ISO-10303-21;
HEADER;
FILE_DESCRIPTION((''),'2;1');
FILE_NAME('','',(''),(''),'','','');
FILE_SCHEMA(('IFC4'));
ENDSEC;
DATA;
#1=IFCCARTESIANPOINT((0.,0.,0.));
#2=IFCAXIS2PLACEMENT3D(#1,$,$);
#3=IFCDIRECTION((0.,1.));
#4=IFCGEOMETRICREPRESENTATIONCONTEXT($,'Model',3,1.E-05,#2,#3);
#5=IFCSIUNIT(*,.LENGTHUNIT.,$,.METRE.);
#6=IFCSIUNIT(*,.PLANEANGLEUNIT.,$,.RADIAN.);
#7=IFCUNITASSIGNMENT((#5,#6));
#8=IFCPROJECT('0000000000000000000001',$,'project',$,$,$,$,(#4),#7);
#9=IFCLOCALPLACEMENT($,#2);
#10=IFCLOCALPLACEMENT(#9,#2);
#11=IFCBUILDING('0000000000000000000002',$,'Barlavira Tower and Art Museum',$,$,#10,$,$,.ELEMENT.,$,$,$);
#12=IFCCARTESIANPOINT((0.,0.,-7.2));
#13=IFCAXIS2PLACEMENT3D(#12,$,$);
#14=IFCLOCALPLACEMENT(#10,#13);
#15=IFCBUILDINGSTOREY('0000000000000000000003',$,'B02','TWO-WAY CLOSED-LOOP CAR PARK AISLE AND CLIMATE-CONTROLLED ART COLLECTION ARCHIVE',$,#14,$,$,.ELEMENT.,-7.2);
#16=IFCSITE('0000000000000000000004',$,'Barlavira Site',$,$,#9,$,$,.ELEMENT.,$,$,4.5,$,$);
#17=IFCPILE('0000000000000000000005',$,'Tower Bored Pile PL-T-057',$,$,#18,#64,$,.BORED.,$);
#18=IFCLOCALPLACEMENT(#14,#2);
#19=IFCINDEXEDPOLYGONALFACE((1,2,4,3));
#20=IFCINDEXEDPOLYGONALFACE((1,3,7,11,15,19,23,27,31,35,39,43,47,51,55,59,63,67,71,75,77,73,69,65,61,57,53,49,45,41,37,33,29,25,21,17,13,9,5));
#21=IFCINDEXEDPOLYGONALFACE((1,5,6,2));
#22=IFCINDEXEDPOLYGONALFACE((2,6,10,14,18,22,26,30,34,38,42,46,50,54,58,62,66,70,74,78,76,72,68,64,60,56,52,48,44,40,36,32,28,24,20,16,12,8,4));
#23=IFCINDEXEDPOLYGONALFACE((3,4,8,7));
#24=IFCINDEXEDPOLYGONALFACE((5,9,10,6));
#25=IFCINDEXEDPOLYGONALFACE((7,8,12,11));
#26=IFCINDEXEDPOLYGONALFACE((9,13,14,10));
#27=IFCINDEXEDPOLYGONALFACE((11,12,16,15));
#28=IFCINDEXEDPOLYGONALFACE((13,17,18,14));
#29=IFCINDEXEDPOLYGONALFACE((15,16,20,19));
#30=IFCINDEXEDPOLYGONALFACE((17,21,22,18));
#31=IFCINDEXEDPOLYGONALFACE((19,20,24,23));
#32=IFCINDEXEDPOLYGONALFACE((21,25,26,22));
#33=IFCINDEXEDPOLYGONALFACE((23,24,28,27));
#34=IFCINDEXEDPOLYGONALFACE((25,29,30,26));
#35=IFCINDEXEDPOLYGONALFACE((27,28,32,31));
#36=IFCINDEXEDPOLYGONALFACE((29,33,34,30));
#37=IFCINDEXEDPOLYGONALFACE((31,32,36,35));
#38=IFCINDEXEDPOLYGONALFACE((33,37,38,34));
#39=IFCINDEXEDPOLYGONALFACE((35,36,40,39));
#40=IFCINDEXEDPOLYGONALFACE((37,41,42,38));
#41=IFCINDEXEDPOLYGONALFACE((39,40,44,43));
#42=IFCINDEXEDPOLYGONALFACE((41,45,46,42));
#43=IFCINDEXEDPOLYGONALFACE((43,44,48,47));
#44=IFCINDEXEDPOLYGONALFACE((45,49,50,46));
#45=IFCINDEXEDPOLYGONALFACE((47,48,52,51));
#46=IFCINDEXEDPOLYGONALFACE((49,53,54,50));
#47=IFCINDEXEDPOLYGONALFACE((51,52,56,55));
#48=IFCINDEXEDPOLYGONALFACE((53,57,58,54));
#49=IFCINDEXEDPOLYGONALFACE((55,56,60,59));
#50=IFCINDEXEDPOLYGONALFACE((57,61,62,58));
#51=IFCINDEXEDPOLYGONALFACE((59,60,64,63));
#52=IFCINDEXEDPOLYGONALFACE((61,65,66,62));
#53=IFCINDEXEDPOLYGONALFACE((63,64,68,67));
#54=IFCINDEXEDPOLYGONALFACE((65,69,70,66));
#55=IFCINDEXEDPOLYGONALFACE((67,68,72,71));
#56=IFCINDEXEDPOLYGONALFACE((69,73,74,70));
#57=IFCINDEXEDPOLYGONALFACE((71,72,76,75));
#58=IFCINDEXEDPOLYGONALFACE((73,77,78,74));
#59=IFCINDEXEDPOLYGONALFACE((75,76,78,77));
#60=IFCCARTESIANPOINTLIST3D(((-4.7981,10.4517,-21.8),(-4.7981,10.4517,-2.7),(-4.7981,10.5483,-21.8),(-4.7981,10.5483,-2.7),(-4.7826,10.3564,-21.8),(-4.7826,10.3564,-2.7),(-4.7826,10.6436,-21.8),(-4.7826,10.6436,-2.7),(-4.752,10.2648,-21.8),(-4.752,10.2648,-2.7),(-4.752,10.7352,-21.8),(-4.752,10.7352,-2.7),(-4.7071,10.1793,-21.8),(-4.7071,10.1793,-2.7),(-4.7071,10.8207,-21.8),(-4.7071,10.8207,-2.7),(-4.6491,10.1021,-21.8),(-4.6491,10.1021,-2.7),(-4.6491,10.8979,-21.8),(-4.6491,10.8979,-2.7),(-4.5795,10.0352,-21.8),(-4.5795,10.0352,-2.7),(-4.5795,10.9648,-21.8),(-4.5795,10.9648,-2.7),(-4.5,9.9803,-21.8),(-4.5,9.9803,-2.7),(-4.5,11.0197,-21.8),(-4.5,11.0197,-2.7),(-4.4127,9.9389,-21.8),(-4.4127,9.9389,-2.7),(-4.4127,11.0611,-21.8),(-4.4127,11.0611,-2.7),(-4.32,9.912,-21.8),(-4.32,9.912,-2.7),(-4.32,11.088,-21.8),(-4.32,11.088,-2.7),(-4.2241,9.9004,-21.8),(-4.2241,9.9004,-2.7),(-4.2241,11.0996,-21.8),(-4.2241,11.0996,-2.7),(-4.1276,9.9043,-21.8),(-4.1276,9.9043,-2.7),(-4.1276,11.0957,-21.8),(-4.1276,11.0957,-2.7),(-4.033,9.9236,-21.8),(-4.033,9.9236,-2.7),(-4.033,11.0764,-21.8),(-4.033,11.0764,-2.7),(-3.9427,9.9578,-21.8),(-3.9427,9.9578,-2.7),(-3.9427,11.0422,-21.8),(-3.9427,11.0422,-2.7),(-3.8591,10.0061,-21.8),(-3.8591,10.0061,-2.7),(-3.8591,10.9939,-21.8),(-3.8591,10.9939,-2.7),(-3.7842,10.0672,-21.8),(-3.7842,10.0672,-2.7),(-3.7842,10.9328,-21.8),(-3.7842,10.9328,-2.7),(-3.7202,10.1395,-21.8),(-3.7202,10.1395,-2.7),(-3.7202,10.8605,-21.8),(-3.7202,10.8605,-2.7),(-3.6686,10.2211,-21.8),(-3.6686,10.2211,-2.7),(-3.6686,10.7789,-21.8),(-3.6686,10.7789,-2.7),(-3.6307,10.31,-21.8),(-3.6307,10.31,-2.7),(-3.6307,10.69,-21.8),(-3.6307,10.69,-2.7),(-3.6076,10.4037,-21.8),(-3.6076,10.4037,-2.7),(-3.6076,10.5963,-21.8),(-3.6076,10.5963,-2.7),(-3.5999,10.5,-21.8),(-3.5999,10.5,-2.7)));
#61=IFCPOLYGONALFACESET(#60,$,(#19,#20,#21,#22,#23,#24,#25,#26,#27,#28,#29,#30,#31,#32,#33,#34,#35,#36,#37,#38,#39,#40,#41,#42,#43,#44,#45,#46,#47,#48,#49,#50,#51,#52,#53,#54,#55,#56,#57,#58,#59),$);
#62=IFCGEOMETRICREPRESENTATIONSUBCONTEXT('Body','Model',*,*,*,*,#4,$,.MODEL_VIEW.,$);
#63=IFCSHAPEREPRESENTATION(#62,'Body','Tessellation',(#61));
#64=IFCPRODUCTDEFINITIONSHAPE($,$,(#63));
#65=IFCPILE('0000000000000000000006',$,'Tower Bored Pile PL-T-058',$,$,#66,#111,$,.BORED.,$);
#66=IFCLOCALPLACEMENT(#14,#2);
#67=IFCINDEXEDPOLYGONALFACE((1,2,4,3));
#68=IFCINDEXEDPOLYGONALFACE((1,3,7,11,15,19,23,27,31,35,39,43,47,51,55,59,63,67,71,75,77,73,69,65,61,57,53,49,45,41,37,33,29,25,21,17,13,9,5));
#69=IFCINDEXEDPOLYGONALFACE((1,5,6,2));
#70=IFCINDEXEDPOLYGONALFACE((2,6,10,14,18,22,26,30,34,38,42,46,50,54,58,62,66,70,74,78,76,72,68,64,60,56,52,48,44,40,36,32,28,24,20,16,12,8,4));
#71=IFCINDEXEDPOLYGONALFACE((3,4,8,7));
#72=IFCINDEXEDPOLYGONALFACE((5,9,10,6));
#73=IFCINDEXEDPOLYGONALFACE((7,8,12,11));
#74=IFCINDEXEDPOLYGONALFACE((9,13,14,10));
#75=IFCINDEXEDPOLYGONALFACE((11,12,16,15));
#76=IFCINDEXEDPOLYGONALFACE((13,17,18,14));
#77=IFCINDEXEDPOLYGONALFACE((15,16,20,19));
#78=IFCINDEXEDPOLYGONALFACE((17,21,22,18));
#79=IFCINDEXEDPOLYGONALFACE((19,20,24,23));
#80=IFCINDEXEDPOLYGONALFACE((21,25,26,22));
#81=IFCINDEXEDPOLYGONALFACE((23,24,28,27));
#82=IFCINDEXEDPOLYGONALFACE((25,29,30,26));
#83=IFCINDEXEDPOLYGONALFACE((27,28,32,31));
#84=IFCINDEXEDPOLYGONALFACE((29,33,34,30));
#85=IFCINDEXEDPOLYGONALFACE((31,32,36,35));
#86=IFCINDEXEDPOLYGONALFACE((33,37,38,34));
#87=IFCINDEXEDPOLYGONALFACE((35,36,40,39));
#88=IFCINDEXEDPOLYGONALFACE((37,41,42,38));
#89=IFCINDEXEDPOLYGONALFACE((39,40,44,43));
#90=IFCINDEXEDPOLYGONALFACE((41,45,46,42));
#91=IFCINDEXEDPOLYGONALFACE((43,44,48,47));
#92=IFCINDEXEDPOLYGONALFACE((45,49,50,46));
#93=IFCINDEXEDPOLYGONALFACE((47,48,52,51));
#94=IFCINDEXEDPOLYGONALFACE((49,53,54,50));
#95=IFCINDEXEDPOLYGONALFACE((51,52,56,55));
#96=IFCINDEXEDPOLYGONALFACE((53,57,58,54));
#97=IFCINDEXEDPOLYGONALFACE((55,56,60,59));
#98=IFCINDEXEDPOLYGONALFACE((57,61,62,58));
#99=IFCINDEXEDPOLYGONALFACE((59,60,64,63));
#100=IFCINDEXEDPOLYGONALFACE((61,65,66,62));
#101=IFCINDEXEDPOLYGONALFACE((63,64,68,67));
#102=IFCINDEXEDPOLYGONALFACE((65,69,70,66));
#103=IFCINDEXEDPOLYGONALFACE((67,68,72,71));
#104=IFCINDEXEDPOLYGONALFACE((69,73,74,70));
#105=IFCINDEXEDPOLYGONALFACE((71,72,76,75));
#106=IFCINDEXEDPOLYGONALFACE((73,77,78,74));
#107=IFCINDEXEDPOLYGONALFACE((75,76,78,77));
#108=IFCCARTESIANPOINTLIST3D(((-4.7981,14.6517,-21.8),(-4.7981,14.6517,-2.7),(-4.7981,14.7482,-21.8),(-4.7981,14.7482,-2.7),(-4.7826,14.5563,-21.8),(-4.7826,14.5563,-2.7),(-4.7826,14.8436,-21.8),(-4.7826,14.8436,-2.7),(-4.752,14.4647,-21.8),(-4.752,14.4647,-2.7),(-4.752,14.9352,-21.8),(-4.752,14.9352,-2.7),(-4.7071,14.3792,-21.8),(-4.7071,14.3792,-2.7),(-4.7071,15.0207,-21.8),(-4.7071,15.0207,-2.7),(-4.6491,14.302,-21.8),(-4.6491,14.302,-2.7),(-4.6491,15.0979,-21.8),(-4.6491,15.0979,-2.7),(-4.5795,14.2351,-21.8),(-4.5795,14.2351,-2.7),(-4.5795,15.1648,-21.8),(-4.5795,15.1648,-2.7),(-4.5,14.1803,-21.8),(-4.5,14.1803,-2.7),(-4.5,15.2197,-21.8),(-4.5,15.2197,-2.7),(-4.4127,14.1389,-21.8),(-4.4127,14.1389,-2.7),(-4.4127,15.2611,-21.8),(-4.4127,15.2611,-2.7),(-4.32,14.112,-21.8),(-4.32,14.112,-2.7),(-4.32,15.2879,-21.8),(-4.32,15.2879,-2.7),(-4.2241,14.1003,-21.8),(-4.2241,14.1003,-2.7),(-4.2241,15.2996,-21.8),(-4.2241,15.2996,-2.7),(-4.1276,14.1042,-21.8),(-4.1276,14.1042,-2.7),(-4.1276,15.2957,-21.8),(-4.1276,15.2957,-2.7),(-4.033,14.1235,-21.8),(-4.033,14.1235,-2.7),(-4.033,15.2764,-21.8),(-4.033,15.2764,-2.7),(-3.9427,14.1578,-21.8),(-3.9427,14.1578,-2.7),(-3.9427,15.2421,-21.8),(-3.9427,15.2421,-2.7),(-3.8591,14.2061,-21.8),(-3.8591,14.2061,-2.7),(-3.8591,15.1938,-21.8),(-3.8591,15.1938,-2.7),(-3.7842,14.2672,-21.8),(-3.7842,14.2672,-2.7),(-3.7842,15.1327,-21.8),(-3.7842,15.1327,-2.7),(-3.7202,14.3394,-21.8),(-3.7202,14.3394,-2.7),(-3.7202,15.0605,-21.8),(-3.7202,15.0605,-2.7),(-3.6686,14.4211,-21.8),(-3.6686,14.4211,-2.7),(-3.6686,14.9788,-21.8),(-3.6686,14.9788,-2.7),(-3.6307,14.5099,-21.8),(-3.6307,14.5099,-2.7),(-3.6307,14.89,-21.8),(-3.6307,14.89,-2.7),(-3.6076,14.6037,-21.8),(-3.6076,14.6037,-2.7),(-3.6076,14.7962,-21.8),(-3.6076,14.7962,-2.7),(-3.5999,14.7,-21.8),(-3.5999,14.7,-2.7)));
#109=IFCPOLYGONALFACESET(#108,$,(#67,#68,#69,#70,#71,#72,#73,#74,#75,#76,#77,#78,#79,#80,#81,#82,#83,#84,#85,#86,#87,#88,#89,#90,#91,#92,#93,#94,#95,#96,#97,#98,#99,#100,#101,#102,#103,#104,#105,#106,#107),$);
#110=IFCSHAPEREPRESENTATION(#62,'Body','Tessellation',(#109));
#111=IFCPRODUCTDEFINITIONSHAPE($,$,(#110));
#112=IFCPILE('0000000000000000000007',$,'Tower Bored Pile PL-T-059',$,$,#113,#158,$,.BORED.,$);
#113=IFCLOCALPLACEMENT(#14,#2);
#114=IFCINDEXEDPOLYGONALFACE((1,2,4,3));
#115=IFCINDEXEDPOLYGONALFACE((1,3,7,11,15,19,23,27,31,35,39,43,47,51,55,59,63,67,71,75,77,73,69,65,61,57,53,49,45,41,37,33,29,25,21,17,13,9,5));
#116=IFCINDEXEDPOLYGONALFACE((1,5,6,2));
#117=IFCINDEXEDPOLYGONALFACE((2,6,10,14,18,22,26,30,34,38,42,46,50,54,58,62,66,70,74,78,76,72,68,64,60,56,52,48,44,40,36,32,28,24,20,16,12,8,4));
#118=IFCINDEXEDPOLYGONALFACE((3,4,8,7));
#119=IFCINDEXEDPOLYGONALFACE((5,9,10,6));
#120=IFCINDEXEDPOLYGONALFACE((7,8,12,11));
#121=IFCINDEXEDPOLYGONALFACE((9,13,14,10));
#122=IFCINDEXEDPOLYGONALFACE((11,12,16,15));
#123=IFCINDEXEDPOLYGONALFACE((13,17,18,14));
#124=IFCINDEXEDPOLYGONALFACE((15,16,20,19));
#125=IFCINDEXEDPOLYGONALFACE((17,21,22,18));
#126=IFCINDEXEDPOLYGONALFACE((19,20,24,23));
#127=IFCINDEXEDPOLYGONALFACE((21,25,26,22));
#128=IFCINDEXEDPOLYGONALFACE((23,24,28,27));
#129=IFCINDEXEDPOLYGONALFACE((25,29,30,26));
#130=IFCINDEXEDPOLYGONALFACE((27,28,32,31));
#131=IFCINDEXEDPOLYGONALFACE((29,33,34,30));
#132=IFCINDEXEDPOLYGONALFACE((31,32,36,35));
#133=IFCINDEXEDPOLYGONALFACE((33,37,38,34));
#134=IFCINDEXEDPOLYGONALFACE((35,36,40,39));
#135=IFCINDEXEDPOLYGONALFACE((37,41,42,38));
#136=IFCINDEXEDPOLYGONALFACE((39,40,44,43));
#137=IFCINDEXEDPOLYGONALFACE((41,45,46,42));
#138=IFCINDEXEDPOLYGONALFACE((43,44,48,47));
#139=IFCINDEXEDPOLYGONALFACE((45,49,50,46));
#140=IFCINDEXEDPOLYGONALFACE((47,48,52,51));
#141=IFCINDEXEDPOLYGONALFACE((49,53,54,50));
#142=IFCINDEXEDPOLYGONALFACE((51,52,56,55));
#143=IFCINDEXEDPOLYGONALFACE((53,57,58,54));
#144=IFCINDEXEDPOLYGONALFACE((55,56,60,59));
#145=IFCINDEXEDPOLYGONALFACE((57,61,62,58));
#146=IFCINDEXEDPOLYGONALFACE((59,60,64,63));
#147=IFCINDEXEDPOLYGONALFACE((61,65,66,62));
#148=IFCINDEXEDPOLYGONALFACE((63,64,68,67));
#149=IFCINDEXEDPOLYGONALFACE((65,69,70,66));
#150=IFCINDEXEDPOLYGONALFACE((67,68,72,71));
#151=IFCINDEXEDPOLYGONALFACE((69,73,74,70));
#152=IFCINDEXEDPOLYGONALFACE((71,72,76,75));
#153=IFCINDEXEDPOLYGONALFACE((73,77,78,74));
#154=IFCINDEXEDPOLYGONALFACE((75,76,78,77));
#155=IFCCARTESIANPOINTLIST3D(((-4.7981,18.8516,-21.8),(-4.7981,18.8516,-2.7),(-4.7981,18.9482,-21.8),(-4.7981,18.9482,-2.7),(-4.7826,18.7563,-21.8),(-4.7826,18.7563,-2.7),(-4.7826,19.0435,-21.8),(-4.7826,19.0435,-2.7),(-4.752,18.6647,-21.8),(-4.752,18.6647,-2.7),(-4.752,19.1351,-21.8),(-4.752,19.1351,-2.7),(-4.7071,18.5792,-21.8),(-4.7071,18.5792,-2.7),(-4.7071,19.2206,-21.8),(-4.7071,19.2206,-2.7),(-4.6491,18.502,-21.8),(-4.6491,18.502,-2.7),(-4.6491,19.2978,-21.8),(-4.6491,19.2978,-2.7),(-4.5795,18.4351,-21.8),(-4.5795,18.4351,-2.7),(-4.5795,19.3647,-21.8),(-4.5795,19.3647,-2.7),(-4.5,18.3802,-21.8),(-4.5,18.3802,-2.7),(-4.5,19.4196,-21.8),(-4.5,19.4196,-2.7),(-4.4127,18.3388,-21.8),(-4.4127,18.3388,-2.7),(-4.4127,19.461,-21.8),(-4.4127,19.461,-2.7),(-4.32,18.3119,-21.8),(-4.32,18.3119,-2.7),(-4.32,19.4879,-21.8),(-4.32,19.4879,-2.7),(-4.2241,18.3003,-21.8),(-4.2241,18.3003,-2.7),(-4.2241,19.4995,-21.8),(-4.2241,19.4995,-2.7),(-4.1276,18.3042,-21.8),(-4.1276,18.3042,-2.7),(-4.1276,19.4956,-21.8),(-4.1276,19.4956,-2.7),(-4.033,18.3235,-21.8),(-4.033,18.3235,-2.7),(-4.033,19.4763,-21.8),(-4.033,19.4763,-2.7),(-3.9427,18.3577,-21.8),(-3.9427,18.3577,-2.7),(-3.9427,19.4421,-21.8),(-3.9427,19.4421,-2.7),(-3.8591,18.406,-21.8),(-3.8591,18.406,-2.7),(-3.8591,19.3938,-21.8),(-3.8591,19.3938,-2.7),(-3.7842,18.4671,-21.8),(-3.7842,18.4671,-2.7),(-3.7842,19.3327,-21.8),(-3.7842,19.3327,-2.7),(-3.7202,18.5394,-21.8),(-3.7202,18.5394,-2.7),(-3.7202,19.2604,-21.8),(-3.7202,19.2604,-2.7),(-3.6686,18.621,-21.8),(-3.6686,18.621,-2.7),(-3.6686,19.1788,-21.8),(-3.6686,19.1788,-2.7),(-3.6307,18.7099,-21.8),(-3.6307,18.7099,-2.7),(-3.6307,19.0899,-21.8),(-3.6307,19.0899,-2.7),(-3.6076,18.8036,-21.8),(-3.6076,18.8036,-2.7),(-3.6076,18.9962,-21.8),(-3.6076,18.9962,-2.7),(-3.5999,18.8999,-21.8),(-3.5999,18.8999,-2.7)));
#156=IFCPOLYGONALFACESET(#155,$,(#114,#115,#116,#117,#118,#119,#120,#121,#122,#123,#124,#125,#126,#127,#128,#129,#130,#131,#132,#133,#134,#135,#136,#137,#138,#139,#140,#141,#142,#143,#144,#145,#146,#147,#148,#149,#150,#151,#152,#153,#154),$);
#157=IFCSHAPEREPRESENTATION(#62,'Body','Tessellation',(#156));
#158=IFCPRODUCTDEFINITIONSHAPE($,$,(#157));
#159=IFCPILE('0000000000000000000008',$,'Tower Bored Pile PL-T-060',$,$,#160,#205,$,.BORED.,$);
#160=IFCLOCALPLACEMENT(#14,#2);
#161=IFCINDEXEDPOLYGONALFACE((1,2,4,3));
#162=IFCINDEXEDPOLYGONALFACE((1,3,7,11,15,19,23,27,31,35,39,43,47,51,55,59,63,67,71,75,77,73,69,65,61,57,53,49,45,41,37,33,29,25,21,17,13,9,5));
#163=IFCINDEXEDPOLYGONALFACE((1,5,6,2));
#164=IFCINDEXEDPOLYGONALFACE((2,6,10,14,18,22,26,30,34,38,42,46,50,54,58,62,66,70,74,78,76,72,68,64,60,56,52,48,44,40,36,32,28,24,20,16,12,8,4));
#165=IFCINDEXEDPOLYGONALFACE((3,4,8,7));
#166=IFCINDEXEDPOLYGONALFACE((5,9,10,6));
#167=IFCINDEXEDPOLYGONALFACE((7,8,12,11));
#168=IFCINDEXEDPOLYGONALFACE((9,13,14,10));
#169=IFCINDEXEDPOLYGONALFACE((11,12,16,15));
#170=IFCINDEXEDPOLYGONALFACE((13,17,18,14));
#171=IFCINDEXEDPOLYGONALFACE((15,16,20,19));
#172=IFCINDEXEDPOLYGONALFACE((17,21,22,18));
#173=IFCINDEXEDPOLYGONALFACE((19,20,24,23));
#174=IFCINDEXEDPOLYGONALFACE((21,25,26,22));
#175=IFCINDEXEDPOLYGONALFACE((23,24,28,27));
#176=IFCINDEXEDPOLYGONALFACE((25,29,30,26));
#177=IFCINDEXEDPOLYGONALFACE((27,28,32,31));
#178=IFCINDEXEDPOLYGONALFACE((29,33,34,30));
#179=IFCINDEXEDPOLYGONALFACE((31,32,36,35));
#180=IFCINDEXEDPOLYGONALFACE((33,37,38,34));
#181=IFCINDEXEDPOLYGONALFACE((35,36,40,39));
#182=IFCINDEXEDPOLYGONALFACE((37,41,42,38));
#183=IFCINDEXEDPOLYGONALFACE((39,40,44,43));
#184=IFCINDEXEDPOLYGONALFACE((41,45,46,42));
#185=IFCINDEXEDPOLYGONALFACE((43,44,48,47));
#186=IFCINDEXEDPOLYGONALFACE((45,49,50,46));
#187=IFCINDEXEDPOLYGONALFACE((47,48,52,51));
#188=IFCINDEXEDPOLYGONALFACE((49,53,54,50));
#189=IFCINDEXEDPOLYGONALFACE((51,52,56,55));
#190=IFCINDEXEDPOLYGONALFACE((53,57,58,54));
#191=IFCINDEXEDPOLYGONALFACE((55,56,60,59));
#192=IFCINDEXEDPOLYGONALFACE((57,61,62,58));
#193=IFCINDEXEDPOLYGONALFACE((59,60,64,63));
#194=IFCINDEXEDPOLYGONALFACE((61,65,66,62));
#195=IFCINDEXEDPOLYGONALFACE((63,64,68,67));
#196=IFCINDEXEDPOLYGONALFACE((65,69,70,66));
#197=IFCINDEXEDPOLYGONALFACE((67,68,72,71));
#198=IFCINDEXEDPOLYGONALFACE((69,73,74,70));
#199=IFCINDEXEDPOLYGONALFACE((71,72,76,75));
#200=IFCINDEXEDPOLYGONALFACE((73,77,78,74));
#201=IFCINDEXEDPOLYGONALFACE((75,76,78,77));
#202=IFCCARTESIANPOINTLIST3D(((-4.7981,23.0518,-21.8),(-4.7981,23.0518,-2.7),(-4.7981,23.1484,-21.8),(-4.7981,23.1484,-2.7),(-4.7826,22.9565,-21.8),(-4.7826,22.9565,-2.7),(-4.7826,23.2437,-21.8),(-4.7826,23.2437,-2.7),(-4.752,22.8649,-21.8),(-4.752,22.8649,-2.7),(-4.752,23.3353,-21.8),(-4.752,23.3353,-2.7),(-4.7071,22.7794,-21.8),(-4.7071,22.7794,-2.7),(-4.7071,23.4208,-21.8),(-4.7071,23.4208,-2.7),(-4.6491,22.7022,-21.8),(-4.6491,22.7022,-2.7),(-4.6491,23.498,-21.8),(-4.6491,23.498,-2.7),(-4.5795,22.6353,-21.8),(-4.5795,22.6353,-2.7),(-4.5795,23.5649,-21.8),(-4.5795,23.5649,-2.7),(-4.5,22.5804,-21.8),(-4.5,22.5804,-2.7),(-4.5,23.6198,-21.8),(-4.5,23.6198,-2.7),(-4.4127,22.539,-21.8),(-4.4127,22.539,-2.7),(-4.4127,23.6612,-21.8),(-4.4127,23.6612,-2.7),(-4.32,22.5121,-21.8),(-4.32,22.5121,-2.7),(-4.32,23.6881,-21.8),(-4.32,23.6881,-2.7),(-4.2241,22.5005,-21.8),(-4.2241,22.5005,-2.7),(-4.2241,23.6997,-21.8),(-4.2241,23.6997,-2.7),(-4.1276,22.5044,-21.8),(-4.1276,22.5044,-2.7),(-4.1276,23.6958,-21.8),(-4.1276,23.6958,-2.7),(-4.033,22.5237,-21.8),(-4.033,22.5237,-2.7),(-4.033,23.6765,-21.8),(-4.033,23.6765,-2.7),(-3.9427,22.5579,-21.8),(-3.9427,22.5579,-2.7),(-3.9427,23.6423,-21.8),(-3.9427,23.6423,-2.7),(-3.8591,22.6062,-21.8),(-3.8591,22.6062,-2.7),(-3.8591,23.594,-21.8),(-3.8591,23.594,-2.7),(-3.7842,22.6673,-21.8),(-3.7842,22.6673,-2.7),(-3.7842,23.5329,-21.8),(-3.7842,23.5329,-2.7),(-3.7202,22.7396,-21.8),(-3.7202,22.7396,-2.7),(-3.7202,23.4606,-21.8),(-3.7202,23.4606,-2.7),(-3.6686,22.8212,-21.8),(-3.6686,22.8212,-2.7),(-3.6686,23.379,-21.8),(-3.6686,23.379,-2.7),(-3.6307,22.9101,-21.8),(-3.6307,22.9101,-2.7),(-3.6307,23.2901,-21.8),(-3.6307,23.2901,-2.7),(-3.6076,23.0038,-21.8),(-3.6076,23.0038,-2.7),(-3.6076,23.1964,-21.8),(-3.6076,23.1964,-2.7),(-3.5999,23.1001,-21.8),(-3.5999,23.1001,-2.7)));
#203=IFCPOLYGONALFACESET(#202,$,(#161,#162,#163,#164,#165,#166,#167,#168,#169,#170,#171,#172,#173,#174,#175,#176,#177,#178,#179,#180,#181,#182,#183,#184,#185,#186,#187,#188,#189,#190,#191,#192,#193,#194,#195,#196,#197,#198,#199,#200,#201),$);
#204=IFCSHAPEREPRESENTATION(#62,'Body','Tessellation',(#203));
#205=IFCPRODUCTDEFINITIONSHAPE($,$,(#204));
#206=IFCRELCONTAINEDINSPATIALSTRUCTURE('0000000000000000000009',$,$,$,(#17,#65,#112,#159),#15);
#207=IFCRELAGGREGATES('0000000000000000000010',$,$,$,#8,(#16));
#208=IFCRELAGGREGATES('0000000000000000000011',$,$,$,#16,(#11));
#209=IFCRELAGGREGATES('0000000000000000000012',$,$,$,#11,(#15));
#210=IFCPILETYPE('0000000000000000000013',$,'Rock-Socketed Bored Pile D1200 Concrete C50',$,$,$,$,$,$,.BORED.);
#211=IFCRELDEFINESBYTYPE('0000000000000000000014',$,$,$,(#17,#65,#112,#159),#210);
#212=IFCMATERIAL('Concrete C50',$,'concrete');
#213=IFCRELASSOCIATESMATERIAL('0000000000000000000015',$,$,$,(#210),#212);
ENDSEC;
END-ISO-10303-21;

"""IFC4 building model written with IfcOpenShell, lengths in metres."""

from ifc_helpers import new_model, si_unit, direction, frame, origin, origin_2d, place, context, subcontext, project, spatial, circle, extrude, material, material_profile, profile_set, type_object, element, save


model = new_model("IFC4")

# Units and contexts
model_context = context("Model", 3, precision=1e-05, world=origin(), true_north=direction((0.0, 1.0)))
body_context = subcontext(model_context, "Body", "Model", "MODEL_VIEW")
ifc_project = project(units=[si_unit("LENGTHUNIT", "METRE"), si_unit("PLANEANGLEUNIT", "RADIAN")], contexts=[model_context])

# Site, building, storey
site_placement = place(None, origin())
site = spatial("IfcSite", under=ifc_project, at=site_placement, Name="Barlavira Site", CompositionType="ELEMENT", RefElevation=4.5)
building_placement = place(site_placement, origin())
building = spatial("IfcBuilding", under=site, at=building_placement, Name="Barlavira Tower and Art Museum", CompositionType="ELEMENT")
storey_placement = place(building_placement, frame((0.0, 0.0, -7.2)))
storey = spatial("IfcBuildingStorey", under=building, at=storey_placement, Name="B02", Description="TWO-WAY CLOSED-LOOP CAR PARK AISLE AND CLIMATE-CONTROLLED ART COLLECTION ARCHIVE", CompositionType="ELEMENT", Elevation=-7.2)

# Piles
ifc_material_1 = material(Name="Concrete C50", Category="concrete")
ifc_material_profile_1 = material_profile(ifc_material_1, circle(Radius=0.6001, at=origin_2d()), Name="BORED PILE D1200")
ifc_profile_set_1 = profile_set([ifc_material_profile_1], Name="Concrete C50")
pile_type = type_object("IfcPileType", Name="Rock-Socketed Bored Pile D1200 Concrete C50", PredefinedType="BORED", material=ifc_profile_set_1)
for number, where, z_axis, x_axis, name in (
    (1, (-4.2, 10.5, -2.7), (0.0, 0.0, -1.0), (1.0, 0.0, 0.0), "Tower Bored Pile PL-T-057"),
    (2, (-4.2, 14.7, -2.7), (0.0, 0.0, -1.0), (1.0, 0.0, 0.0), "Tower Bored Pile PL-T-058"),
    (3, (-4.2, 18.8999, -2.7), (0.0, 0.0, -1.0), (1.0, 0.0, 0.0), "Tower Bored Pile PL-T-059"),
    (4, (-4.2, 23.1001, -2.7), (0.0, 0.0, -1.0), (1.0, 0.0, 0.0), "Tower Bored Pile PL-T-060"),
):
    element("IfcPile", number, at=place(storey_placement, frame(where, z_axis=z_axis, x_axis=x_axis)), inside=storey, type_object=pile_type, Name=name, PredefinedType="BORED", context=body_context, shape_type="SweptSolid", body=[
        extrude(circle(Radius=0.6001, at=origin_2d()), origin(), (0.0, 0.0, 1.0), 19.1001),
    ])

save(model, "model.ifc")
